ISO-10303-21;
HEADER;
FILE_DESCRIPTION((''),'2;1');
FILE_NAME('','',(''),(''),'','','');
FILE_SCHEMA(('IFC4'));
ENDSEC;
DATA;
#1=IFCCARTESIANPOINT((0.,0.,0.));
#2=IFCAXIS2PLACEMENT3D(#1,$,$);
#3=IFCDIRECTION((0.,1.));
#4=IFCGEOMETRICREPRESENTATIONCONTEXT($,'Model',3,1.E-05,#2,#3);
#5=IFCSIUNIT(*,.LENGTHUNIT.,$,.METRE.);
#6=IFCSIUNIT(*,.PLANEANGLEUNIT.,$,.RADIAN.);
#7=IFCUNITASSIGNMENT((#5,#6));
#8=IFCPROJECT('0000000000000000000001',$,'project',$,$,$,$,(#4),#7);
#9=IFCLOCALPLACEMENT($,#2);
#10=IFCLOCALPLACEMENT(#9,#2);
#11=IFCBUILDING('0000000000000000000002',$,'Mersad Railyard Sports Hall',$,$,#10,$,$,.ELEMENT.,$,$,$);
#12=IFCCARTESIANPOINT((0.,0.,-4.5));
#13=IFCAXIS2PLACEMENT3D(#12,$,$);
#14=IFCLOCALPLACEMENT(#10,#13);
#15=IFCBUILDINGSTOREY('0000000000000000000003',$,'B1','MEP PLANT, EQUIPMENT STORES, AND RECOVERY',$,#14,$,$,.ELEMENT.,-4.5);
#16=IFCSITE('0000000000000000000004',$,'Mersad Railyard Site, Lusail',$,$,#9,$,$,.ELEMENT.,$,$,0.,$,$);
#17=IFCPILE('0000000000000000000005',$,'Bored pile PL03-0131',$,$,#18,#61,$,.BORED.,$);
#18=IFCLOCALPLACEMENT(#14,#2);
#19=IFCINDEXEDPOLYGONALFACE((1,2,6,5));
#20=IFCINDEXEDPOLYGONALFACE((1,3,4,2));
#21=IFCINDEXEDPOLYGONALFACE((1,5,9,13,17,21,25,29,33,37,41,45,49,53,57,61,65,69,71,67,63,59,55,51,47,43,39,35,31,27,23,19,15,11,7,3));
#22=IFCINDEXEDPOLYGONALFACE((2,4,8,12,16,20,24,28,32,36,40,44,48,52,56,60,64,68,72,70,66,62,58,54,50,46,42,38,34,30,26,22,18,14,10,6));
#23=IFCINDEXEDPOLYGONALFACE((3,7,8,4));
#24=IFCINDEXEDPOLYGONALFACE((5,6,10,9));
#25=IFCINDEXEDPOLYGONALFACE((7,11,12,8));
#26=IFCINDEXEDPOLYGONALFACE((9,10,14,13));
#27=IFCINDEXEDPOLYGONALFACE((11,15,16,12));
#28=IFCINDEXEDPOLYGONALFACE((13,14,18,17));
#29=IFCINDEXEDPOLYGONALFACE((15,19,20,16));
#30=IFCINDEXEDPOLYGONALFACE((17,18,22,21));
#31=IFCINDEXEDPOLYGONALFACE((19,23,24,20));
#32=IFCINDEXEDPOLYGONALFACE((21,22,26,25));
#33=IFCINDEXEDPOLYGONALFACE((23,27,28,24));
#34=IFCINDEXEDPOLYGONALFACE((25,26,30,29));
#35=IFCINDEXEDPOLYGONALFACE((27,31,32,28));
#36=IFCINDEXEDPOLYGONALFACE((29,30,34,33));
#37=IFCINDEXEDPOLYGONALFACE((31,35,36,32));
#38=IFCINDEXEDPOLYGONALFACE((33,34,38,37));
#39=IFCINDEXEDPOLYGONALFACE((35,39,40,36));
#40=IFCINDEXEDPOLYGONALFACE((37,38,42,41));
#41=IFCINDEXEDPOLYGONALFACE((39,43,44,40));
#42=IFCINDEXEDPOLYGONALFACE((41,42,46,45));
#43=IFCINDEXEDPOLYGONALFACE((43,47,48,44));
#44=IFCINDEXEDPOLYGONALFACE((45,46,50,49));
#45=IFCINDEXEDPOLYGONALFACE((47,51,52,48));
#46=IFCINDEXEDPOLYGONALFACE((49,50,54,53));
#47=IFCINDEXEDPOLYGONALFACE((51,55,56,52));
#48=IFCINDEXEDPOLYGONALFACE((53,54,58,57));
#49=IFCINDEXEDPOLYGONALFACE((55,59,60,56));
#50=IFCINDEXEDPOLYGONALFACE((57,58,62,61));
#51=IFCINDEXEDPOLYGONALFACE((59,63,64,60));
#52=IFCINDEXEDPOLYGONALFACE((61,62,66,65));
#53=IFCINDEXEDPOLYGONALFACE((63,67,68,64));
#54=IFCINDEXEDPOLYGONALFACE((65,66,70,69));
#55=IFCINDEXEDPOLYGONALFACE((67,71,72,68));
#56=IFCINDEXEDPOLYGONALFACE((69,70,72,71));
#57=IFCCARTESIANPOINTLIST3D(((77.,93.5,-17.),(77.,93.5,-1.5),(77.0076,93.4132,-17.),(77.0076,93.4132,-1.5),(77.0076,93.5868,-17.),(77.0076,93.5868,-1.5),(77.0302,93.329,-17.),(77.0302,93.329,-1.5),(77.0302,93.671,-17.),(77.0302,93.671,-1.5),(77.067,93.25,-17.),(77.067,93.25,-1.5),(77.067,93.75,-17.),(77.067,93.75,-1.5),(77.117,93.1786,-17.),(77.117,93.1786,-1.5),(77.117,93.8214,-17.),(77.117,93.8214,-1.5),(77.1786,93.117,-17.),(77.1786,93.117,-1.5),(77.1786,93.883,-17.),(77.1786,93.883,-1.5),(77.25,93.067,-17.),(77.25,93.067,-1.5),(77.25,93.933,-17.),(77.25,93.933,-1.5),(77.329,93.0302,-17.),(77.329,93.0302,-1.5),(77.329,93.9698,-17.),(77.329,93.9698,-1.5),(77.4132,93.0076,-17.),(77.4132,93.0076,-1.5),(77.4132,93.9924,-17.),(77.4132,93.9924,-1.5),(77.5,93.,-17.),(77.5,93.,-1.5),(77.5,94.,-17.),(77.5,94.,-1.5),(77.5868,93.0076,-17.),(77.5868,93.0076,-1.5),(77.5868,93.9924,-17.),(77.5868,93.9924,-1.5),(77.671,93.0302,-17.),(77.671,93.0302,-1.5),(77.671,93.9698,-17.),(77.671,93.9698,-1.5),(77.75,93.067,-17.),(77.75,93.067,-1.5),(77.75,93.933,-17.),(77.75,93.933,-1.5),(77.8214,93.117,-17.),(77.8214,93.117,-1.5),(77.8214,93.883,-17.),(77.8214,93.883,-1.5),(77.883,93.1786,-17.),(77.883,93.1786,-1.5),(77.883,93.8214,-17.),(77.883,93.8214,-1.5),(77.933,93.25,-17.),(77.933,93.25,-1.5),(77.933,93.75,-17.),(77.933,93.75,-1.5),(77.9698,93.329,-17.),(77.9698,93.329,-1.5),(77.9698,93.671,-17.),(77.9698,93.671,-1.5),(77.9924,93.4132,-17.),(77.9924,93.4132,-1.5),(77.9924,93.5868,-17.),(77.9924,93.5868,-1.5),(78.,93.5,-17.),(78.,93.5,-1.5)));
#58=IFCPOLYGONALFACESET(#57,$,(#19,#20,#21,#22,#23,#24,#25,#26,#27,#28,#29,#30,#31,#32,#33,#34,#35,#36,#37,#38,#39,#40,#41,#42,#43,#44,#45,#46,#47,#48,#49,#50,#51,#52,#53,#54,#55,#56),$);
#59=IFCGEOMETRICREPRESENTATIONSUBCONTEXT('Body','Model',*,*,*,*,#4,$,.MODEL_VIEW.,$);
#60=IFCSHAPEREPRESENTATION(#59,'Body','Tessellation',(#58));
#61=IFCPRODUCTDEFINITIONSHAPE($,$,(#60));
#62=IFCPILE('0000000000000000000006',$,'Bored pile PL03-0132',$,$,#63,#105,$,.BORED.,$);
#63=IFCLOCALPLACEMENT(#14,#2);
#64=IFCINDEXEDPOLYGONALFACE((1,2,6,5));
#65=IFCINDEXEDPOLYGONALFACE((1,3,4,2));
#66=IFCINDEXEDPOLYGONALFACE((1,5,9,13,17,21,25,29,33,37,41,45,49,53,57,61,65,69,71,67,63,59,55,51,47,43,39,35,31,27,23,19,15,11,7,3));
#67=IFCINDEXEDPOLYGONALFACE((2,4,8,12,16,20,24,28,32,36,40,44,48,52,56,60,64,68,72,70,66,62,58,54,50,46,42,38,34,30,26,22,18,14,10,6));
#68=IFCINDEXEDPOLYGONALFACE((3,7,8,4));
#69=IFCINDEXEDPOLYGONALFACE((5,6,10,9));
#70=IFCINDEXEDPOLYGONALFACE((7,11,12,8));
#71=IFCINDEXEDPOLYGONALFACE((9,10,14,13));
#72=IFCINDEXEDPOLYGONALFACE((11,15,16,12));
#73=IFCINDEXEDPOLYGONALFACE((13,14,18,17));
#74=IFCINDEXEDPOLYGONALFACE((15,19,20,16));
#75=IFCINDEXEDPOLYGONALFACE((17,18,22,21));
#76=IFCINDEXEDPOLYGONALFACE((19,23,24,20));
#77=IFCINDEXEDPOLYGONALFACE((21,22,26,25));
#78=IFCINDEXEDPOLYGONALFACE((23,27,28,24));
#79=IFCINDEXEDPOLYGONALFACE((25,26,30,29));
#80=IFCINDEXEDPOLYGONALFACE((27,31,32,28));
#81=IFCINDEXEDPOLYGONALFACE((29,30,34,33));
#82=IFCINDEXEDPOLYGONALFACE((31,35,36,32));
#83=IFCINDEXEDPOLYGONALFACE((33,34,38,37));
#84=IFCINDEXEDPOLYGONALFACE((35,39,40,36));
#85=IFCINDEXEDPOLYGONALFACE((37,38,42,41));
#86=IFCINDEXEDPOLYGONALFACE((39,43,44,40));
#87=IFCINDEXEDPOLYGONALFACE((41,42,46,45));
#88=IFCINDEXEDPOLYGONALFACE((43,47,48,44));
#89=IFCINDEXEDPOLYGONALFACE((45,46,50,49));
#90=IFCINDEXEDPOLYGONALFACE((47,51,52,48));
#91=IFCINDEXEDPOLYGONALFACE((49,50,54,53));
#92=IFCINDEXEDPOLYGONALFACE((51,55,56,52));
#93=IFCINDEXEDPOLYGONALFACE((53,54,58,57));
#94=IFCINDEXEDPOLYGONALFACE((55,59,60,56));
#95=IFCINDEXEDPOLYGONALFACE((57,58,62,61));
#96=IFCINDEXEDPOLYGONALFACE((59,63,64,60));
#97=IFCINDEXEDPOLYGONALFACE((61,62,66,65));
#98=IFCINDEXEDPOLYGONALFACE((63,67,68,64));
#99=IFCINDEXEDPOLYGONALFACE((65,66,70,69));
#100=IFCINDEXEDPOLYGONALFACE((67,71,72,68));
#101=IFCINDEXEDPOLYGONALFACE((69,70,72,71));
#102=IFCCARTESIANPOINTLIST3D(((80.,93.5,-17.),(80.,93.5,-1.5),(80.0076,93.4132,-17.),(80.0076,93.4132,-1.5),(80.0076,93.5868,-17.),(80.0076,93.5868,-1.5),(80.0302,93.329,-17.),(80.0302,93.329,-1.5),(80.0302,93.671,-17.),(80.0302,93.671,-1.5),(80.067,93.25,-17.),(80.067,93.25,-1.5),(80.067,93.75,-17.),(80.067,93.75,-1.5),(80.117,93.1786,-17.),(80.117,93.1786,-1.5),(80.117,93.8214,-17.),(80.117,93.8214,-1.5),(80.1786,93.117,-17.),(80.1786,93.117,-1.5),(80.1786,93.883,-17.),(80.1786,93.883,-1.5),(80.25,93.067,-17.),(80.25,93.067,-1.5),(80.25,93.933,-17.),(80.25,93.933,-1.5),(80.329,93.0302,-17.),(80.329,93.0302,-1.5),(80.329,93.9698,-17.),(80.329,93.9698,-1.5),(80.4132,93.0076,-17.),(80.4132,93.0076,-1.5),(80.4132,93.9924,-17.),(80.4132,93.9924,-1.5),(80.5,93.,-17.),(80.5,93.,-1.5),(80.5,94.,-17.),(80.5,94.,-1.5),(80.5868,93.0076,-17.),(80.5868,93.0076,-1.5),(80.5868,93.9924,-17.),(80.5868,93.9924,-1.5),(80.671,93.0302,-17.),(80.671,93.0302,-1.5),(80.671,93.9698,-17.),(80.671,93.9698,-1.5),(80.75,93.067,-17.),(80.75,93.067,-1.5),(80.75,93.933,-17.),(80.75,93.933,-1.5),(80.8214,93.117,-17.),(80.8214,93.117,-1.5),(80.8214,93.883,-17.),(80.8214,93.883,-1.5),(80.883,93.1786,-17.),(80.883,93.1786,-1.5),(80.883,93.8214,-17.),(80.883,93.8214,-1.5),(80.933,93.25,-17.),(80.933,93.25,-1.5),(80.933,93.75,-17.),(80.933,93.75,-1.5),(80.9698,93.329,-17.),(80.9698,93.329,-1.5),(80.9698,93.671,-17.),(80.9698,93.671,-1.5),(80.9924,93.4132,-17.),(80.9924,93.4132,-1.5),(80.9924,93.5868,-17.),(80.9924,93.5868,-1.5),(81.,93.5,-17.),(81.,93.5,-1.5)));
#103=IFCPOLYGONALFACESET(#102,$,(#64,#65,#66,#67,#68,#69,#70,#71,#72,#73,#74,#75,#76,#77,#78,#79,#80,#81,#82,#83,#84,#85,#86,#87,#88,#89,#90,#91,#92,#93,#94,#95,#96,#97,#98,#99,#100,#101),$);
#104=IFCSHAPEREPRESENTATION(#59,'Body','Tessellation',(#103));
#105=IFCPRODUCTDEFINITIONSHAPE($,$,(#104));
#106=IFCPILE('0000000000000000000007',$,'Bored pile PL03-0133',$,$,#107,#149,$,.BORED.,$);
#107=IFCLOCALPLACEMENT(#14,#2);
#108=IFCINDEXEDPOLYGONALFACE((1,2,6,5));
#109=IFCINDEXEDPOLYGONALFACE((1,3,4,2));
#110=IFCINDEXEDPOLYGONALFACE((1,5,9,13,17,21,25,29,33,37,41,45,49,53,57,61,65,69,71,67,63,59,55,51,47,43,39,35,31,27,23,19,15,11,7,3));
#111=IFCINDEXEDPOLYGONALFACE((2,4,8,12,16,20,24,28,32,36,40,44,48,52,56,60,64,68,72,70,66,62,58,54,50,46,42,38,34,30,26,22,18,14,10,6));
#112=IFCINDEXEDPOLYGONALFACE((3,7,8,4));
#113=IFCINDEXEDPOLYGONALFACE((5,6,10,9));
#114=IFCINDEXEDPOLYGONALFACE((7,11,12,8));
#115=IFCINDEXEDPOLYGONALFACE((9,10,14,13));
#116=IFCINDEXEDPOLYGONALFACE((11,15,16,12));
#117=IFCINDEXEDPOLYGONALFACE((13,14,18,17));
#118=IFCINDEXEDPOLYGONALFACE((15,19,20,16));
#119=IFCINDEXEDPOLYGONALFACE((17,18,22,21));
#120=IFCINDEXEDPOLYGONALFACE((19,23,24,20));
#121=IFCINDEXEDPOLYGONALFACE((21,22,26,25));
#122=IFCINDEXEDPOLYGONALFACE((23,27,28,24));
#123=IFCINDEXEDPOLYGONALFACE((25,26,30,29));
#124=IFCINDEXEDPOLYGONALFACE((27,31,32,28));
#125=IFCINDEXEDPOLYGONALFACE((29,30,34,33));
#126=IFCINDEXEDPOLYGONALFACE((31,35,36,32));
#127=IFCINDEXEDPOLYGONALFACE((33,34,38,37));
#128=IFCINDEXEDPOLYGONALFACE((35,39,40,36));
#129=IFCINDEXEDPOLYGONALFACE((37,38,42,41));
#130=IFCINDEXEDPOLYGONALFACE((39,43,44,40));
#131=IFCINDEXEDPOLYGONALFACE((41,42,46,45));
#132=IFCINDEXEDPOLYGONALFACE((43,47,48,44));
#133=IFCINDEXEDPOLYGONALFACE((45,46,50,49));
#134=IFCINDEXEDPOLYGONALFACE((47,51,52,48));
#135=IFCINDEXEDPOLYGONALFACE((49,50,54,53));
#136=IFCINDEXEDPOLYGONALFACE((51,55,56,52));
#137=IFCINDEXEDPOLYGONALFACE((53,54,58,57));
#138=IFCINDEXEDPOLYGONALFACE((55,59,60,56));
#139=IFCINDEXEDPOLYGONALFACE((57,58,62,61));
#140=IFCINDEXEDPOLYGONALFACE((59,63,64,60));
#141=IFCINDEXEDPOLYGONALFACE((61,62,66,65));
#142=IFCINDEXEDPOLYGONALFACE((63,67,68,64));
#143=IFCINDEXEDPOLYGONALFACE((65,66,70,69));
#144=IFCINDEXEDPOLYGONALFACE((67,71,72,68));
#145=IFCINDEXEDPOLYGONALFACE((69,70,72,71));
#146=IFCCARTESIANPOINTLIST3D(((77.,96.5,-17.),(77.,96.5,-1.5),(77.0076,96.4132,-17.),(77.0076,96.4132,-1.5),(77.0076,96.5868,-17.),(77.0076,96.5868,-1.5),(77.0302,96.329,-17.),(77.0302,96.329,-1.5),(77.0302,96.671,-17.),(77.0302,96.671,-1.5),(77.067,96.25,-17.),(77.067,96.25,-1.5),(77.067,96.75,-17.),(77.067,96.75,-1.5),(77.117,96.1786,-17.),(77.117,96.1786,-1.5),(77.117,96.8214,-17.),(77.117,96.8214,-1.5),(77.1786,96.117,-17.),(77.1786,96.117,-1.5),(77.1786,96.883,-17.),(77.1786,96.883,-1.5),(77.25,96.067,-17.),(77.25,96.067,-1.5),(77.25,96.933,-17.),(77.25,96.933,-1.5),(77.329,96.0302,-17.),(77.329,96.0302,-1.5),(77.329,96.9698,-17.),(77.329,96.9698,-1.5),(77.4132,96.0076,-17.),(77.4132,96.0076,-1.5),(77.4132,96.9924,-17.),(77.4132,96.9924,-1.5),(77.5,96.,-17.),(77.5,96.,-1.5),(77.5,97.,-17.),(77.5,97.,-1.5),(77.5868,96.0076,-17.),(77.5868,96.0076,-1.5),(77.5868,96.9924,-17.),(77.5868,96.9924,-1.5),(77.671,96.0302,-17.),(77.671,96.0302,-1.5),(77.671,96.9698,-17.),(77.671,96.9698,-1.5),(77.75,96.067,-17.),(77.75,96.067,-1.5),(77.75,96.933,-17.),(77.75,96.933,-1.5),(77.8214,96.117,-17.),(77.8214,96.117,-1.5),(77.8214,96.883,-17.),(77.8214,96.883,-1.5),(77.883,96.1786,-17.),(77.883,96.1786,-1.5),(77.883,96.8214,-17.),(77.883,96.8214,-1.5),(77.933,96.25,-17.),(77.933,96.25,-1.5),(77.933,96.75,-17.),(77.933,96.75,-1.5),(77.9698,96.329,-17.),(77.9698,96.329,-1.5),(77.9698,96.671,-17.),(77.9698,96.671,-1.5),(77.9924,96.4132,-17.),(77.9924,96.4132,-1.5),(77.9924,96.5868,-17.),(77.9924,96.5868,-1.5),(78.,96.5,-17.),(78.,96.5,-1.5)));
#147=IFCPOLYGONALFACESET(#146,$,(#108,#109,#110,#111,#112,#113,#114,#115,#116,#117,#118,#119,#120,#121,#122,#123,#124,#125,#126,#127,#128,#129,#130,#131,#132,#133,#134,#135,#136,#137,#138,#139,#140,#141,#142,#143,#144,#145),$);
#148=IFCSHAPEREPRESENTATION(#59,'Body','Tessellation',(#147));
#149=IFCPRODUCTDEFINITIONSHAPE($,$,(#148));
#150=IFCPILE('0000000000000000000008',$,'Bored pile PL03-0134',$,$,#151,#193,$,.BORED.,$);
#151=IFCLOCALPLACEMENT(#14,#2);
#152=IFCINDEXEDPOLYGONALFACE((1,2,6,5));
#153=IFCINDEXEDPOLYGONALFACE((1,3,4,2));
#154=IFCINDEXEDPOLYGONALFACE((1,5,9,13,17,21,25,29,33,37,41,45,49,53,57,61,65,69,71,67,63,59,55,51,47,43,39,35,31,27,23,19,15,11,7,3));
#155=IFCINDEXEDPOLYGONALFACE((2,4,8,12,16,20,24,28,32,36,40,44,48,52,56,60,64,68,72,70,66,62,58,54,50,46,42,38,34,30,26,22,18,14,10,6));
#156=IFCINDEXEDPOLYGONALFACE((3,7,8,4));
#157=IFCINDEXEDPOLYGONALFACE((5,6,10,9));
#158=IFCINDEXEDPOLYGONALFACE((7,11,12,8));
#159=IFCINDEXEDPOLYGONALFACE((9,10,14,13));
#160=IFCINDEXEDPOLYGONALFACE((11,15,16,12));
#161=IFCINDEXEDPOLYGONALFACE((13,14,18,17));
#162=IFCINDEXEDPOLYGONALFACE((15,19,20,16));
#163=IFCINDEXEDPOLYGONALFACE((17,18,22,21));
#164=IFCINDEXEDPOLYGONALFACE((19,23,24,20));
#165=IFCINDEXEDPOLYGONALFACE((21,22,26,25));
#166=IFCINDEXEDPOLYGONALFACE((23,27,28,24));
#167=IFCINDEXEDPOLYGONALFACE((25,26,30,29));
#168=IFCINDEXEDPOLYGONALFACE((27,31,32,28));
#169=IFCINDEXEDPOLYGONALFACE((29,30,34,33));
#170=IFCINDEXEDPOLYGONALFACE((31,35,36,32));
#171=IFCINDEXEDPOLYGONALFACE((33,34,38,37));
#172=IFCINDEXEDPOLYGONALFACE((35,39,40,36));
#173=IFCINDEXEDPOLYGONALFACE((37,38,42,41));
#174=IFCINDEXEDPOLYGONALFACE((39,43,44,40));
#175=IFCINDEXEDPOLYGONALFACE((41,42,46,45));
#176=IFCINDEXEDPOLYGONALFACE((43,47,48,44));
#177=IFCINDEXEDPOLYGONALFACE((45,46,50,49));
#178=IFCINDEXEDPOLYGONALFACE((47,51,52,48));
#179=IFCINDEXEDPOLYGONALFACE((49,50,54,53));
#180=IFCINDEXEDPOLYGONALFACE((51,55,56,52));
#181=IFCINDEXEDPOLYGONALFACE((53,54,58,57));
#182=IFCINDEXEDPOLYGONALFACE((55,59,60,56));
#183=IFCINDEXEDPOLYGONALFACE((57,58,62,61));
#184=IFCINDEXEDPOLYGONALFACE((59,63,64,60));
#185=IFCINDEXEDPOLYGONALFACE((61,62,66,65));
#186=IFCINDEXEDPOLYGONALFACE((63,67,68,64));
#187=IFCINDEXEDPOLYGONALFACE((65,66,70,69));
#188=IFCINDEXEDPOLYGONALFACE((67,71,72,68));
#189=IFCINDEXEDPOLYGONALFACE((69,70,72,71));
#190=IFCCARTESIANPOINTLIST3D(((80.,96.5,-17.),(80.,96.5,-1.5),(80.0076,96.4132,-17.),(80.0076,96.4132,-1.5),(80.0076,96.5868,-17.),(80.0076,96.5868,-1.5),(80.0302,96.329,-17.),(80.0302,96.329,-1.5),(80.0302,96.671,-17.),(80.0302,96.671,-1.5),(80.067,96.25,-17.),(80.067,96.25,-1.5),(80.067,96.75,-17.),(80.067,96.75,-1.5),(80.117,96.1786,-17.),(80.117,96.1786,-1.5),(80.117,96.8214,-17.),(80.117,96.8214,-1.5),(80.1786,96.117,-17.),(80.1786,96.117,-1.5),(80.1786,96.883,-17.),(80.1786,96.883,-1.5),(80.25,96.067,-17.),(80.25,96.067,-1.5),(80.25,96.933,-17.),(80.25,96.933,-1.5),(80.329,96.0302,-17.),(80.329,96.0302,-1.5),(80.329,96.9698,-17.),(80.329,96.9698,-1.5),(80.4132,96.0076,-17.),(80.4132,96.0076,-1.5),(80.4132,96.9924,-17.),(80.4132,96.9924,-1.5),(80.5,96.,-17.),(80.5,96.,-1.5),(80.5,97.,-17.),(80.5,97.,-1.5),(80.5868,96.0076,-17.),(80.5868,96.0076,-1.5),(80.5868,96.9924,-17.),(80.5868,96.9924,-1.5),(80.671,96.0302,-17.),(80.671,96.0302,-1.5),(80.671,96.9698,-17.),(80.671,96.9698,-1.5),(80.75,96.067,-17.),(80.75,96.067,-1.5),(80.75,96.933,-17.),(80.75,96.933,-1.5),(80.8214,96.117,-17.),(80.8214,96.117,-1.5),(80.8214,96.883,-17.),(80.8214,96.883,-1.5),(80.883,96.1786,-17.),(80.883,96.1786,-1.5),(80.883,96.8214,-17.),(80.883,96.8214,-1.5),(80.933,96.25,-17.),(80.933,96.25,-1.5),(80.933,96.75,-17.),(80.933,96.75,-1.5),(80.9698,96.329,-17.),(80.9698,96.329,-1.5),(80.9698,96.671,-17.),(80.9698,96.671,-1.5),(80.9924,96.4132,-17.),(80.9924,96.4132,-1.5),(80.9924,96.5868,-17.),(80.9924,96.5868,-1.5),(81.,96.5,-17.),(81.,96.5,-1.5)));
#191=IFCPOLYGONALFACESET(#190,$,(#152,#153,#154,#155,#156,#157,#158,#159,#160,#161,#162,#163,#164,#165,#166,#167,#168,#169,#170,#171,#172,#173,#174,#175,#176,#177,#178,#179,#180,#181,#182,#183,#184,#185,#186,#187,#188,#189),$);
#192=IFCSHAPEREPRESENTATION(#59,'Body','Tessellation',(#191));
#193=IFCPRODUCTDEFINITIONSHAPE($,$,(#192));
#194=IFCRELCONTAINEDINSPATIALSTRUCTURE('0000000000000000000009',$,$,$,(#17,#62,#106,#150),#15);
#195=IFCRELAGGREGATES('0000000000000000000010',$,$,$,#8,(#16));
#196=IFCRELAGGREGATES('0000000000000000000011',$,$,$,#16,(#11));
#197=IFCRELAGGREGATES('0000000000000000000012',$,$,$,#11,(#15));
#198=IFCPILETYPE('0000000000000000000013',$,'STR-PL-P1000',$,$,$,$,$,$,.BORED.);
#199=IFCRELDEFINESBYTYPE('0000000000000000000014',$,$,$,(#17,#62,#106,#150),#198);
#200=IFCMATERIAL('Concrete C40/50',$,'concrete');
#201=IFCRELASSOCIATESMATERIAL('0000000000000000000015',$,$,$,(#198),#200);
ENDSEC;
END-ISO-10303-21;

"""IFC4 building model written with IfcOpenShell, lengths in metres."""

from ifc_helpers import new_model, si_unit, direction, frame, origin, origin_2d, place, context, subcontext, project, spatial, circle, extrude, material, material_profile, profile_set, type_object, element, save


model = new_model("IFC4")

# Units and contexts
model_context = context("Model", 3, precision=1e-05, world=origin(), true_north=direction((0.0, 1.0)))
body_context = subcontext(model_context, "Body", "Model", "MODEL_VIEW")
ifc_project = project(units=[si_unit("LENGTHUNIT", "METRE"), si_unit("PLANEANGLEUNIT", "RADIAN")], contexts=[model_context])

# Site, building, storey
site_placement = place(None, origin())
site = spatial("IfcSite", under=ifc_project, at=site_placement, Name="Mersad Railyard Site, Lusail", CompositionType="ELEMENT", RefElevation=0.0)
building_placement = place(site_placement, origin())
building = spatial("IfcBuilding", under=site, at=building_placement, Name="Mersad Railyard Sports Hall", CompositionType="ELEMENT")
storey_placement = place(building_placement, frame((0.0, 0.0, -4.5)))
storey = spatial("IfcBuildingStorey", under=building, at=storey_placement, Name="B1", Description="MEP PLANT, EQUIPMENT STORES, AND RECOVERY", CompositionType="ELEMENT", Elevation=-4.5)

# Shared definitions
ifc_material_1 = material(Name="Concrete C40/50", Category="concrete")

# Piles
ifc_material_profile_1 = material_profile(ifc_material_1, circle(Radius=0.5, at=origin_2d()), Name="BORED PILE D1000")
ifc_profile_set_1 = profile_set([ifc_material_profile_1], Name="Concrete C40/50")
pile_type = type_object("IfcPileType", Name="STR-PL-P1000", PredefinedType="BORED", material=ifc_profile_set_1)
for number, where, z_axis, x_axis, name in (
    (1, (77.5, 93.5, -1.5), (0.0, 0.0, -1.0), (1.0, 0.0, 0.0), "Bored pile PL03-0131"),
    (2, (80.5, 93.5, -1.5), (0.0, 0.0, -1.0), (1.0, 0.0, 0.0), "Bored pile PL03-0132"),
    (3, (77.5, 96.5, -1.5), (0.0, 0.0, -1.0), (1.0, 0.0, 0.0), "Bored pile PL03-0133"),
    (4, (80.5, 96.5, -1.5), (0.0, 0.0, -1.0), (1.0, 0.0, 0.0), "Bored pile PL03-0134"),
):
    element("IfcPile", number, at=place(storey_placement, frame(where, z_axis=z_axis, x_axis=x_axis)), inside=storey, type_object=pile_type, Name=name, PredefinedType="BORED", context=body_context, shape_type="SweptSolid", body=[
        extrude(circle(Radius=0.5, at=origin_2d()), origin(), (0.0, 0.0, 1.0), 15.5),
    ])

save(model, "model.ifc")
